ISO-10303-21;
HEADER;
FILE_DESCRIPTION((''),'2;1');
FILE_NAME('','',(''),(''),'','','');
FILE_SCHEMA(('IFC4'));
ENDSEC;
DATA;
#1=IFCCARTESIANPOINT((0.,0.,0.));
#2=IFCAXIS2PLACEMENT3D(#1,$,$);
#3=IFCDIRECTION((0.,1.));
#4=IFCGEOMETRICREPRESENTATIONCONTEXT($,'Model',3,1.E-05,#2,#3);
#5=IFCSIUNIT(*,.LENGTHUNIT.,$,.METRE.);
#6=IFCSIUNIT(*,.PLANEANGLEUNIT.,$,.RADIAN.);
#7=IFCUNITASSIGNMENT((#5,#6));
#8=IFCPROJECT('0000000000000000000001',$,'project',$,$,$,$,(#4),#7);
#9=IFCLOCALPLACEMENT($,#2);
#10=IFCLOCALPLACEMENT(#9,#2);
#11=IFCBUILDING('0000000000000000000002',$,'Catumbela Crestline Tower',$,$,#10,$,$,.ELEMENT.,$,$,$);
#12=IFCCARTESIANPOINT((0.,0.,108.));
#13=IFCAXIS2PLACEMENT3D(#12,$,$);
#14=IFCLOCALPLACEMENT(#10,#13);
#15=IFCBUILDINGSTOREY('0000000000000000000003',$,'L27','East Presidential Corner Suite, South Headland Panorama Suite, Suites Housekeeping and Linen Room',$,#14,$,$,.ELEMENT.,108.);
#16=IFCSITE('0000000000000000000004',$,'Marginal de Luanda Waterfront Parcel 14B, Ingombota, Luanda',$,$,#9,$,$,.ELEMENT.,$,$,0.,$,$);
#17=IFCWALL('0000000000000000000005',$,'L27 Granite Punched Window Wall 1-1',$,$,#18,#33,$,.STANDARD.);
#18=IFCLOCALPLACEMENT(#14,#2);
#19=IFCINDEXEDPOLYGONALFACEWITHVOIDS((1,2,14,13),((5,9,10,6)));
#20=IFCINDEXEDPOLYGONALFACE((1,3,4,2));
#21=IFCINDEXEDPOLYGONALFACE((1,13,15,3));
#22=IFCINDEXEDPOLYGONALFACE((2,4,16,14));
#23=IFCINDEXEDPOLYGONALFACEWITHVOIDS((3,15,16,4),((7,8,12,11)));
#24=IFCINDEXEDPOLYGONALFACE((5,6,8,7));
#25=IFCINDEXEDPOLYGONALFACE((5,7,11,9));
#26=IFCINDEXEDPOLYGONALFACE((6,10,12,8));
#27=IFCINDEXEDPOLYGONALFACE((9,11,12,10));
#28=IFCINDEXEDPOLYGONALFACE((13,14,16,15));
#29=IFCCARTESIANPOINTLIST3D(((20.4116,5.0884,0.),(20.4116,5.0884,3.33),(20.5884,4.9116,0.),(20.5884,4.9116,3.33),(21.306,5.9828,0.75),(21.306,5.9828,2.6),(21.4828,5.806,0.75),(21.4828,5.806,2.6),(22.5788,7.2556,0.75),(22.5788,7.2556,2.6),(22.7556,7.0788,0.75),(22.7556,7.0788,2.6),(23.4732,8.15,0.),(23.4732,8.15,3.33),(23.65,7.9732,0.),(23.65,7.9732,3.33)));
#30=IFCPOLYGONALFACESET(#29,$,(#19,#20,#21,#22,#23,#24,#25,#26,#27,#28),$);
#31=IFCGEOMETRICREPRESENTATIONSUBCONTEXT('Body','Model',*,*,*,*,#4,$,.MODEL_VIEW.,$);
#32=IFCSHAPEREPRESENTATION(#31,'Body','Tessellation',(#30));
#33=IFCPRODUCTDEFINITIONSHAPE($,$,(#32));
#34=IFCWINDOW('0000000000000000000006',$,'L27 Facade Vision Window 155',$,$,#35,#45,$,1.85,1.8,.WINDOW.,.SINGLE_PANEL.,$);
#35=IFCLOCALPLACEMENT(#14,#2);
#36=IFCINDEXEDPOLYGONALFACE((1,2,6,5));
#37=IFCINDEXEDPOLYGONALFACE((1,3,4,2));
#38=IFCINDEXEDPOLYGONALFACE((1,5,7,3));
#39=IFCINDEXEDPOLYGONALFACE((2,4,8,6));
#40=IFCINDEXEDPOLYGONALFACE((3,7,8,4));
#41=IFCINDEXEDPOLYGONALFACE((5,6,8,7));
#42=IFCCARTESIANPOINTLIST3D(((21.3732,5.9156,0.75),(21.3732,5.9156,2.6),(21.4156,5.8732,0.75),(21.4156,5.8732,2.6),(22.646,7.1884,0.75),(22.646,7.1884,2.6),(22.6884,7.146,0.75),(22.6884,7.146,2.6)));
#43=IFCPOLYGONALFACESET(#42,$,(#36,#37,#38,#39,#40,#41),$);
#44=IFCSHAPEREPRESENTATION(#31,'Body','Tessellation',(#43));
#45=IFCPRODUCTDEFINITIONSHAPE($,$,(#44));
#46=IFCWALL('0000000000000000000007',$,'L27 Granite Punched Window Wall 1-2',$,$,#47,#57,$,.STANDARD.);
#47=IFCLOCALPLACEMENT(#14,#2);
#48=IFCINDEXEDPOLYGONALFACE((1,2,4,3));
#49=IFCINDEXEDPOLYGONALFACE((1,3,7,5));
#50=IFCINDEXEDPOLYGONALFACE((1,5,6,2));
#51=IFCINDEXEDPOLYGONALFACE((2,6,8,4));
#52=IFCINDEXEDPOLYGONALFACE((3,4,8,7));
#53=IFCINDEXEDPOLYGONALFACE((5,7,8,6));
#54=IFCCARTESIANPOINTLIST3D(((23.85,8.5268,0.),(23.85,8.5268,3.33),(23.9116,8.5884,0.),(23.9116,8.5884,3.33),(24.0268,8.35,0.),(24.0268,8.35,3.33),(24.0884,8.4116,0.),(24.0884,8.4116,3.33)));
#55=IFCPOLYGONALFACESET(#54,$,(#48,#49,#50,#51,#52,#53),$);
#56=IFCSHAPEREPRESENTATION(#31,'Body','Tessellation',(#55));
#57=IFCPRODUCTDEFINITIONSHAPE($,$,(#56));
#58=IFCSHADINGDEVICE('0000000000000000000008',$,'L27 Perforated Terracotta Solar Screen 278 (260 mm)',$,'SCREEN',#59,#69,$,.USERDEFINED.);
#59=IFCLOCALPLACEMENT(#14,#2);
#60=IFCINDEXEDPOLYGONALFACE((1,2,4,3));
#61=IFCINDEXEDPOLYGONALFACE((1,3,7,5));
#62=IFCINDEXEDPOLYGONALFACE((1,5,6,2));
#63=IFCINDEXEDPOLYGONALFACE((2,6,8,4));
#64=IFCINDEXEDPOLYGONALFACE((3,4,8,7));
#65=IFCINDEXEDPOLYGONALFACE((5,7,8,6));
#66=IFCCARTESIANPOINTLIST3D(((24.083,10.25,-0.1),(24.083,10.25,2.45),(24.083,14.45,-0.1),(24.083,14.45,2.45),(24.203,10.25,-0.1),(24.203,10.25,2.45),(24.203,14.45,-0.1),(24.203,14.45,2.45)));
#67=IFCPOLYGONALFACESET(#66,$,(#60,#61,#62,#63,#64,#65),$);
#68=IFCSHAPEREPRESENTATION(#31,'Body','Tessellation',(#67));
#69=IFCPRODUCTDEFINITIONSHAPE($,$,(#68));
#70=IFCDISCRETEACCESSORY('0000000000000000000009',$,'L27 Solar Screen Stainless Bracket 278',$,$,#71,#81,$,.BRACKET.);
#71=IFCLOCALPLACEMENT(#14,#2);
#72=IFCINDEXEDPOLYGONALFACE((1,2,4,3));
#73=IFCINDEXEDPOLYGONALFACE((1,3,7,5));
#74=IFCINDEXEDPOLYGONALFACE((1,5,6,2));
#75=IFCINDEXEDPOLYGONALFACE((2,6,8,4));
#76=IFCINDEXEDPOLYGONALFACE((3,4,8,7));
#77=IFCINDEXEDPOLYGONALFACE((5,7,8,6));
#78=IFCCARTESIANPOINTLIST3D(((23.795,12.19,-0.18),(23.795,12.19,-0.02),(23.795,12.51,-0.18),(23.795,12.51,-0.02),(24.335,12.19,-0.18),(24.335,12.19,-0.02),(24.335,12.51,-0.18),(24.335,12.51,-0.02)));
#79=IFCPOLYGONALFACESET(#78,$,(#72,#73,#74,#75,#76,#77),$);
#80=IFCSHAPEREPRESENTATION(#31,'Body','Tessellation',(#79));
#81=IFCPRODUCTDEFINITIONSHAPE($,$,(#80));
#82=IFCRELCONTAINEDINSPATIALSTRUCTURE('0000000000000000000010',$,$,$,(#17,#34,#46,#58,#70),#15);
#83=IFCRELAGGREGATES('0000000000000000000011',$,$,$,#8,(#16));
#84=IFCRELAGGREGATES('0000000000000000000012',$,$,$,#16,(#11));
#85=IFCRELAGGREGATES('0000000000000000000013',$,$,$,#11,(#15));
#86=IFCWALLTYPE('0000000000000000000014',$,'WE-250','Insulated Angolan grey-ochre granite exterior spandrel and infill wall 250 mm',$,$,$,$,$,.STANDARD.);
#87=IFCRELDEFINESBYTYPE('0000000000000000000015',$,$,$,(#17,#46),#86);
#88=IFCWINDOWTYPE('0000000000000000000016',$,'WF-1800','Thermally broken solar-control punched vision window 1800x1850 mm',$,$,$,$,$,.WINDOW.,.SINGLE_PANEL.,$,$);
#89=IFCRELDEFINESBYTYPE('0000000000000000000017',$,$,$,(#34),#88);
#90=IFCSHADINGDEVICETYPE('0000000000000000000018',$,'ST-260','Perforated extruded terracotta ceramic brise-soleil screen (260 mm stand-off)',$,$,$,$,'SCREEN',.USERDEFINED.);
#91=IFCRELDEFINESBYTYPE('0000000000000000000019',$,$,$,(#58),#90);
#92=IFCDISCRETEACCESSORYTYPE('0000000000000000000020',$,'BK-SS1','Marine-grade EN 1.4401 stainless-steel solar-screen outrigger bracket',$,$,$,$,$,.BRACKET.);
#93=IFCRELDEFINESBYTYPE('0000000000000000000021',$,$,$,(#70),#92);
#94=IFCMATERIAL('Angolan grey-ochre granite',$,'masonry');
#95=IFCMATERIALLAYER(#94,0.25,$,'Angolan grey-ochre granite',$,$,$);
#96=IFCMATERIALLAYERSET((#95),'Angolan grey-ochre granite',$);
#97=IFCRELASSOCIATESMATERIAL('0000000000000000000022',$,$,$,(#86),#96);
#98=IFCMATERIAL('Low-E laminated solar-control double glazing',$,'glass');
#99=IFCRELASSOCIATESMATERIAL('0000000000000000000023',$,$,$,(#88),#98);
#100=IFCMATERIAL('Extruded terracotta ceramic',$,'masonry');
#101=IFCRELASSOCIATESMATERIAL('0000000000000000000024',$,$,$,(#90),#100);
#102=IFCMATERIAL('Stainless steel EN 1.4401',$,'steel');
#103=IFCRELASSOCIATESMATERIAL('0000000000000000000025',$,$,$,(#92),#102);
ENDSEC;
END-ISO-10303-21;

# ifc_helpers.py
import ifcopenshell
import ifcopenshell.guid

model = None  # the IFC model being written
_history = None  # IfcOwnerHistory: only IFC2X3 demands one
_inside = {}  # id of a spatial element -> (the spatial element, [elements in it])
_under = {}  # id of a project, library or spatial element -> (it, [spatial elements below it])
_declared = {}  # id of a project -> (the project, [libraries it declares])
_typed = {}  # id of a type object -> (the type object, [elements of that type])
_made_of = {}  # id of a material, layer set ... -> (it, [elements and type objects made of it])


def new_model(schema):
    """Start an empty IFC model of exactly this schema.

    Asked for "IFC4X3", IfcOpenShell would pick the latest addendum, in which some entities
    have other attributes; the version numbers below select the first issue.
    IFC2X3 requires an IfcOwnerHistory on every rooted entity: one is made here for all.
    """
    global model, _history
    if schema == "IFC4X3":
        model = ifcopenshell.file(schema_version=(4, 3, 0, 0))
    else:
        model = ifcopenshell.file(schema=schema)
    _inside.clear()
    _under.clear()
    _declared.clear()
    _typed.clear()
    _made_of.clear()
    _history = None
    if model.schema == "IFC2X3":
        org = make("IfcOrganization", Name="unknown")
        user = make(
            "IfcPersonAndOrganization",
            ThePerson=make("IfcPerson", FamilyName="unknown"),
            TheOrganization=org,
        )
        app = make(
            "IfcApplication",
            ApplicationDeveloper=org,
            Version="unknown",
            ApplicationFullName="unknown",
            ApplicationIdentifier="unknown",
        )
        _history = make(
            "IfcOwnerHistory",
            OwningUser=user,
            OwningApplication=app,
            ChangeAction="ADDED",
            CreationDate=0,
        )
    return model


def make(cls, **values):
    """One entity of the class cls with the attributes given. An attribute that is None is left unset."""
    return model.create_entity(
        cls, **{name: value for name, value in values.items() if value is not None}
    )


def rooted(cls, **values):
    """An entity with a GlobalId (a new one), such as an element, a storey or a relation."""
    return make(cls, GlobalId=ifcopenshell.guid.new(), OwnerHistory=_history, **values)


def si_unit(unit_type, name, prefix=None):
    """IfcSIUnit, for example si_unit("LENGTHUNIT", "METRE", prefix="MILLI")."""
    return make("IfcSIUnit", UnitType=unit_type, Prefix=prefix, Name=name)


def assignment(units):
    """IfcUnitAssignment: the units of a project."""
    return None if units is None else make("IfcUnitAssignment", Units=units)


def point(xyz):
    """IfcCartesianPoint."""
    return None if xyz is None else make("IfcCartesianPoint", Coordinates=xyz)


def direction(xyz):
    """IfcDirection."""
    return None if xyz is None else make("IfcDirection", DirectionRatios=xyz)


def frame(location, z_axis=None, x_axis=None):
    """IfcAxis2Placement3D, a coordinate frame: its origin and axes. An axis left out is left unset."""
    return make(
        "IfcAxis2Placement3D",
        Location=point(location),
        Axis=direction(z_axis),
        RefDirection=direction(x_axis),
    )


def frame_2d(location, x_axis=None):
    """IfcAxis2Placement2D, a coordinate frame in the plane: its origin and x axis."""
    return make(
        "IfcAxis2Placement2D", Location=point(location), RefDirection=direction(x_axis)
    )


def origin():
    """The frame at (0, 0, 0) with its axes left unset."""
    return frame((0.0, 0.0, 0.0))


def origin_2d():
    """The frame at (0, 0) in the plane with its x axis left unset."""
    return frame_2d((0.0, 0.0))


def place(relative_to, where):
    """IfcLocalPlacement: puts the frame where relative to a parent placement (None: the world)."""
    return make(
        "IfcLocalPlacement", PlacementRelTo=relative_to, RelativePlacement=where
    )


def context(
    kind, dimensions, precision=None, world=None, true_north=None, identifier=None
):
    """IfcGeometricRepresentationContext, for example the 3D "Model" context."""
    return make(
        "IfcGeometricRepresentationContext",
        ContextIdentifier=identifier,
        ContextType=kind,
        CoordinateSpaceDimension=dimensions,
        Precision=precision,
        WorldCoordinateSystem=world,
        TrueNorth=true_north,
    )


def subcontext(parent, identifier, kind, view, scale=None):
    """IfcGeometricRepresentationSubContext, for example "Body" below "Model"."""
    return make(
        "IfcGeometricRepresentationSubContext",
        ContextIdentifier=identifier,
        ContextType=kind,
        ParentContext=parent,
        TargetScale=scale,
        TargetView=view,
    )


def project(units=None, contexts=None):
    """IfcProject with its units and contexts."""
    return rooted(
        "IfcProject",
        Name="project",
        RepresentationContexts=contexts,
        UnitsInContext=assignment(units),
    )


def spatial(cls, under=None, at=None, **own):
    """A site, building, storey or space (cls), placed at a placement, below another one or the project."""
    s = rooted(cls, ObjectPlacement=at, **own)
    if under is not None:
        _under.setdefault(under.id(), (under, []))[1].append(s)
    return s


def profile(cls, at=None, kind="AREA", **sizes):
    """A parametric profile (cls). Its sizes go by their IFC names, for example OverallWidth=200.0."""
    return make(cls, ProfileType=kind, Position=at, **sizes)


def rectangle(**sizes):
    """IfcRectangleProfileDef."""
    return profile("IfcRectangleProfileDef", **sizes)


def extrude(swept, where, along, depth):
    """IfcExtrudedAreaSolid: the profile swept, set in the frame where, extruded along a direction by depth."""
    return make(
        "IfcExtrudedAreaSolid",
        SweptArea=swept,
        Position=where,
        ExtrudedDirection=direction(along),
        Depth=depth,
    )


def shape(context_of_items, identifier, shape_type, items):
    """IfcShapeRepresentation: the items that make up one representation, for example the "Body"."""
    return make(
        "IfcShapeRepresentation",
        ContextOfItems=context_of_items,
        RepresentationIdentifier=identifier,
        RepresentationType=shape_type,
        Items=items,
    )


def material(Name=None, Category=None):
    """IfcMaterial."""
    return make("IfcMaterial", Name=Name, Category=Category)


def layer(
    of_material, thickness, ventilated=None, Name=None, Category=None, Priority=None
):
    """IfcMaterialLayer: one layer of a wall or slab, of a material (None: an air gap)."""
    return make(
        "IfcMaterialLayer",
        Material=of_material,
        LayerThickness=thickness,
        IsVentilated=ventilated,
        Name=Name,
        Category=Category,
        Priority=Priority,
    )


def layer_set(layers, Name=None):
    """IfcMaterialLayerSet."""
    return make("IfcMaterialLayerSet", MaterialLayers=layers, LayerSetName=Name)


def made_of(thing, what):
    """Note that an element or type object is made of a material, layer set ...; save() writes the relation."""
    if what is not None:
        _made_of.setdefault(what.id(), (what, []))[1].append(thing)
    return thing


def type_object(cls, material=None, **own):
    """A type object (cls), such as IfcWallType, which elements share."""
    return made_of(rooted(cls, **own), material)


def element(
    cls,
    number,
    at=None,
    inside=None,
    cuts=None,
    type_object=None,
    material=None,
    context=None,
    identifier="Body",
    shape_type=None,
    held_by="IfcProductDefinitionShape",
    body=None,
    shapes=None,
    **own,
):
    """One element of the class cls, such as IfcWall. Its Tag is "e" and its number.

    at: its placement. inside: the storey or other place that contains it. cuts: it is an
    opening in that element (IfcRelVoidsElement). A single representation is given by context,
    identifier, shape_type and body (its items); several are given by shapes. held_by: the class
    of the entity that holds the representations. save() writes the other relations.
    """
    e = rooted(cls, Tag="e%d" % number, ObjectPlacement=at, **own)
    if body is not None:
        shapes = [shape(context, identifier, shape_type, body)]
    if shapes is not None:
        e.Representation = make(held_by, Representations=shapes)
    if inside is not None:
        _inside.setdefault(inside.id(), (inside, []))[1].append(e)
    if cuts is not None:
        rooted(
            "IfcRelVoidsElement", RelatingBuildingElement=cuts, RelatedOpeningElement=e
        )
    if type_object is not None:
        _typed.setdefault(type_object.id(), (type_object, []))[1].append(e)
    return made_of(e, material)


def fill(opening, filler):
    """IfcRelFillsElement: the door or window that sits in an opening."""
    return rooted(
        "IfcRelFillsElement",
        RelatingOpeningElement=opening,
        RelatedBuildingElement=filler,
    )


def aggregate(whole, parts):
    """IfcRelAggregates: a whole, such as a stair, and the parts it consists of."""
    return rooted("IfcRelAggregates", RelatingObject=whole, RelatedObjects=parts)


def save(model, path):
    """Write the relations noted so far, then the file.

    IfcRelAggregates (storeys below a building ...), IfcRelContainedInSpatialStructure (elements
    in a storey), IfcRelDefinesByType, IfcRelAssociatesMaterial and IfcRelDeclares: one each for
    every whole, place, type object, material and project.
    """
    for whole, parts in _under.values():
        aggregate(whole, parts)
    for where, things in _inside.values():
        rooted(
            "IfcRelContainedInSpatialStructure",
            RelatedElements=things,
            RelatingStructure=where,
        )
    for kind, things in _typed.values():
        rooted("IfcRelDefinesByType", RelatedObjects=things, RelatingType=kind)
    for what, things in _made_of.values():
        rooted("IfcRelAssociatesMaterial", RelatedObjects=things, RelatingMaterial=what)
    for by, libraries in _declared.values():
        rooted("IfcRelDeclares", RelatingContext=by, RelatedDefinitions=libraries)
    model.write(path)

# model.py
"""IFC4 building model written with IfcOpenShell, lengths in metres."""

from ifc_helpers import new_model, si_unit, direction, frame, frame_2d, origin, origin_2d, place, context, subcontext, project, spatial, rectangle, extrude, material, layer, layer_set, type_object, element, fill, save


model = new_model("IFC4")

# Units and contexts
model_context = context("Model", 3, precision=1e-05, world=origin(), true_north=direction((0.0, 1.0)))
body_context = subcontext(model_context, "Body", "Model", "MODEL_VIEW")
ifc_project = project(units=[si_unit("LENGTHUNIT", "METRE"), si_unit("PLANEANGLEUNIT", "RADIAN")], contexts=[model_context])

# Site, building, storey
site_placement = place(None, origin())
site = spatial("IfcSite", under=ifc_project, at=site_placement, Name="Marginal de Luanda Waterfront Parcel 14B, Ingombota, Luanda", CompositionType="ELEMENT", RefElevation=0.0)
building_placement = place(site_placement, origin())
building = spatial("IfcBuilding", under=site, at=building_placement, Name="Catumbela Crestline Tower", CompositionType="ELEMENT")
storey_placement = place(building_placement, frame((0.0, 0.0, 108.0)))
storey = spatial("IfcBuildingStorey", under=building, at=storey_placement, Name="L27", Description="East Presidential Corner Suite, South Headland Panorama Suite, Suites Housekeeping and Linen Room", CompositionType="ELEMENT", Elevation=108.0)

# Shared definitions
ifc_material_1 = material(Name="Low-E laminated solar-control double glazing", Category="glass")

# Wall, opening, window
ifc_material_2 = material(Name="Angolan grey-ochre granite", Category="masonry")
ifc_layer_1 = layer(ifc_material_2, 0.25, Name="Angolan grey-ochre granite")
ifc_layer_set_1 = layer_set([ifc_layer_1], Name="Angolan grey-ochre granite")
wall_type = type_object("IfcWallType", Name="WE-250", Description="Insulated Angolan grey-ochre granite exterior spandrel and infill wall 250 mm", PredefinedType="STANDARD", material=ifc_layer_set_1)
wall_1_placement = place(storey_placement, frame((20.5, 5.0, 0.0), z_axis=(0.0, 0.0, 1.0), x_axis=(0.707107, 0.707107, 0.0)))
wall_1 = element("IfcWall", 1, at=wall_1_placement, inside=storey, type_object=wall_type, Name="L27 Granite Punched Window Wall 1-1", PredefinedType="STANDARD", context=body_context, shape_type="SweptSolid", body=[
    extrude(rectangle(XDim=4.3298, YDim=0.25, at=frame_2d((2.1649, 0.0))), origin(), (0.0, 0.0, 1.0), 3.33),
])
opening_placement = place(wall_1_placement, frame((1.2649, 0.0, 0.75)))
opening = element("IfcOpeningElement", 2, at=opening_placement, cuts=wall_1, PredefinedType="OPENING", context=body_context, shape_type="SweptSolid", body=[
    extrude(rectangle(XDim=1.8, YDim=1.85, at=frame_2d((0.9, 0.925))), frame((0.0, 0.135, 0.0), z_axis=(0.0, -1.0, 0.0), x_axis=(1.0, 0.0, 0.0)), (0.0, 0.0, 1.0), 0.27),
])
window_type = type_object("IfcWindowType", Name="WF-1800", Description="Thermally broken solar-control punched vision window 1800x1850 mm", PartitioningType="SINGLE_PANEL", PredefinedType="WINDOW", material=ifc_material_1)
window_placement = place(opening_placement, origin())
window = element("IfcWindow", 3, at=window_placement, inside=storey, type_object=window_type, Name="L27 Facade Vision Window 155", OverallHeight=1.85, OverallWidth=1.8, PartitioningType="SINGLE_PANEL", PredefinedType="WINDOW", context=body_context, shape_type="SweptSolid", body=[
    extrude(rectangle(XDim=1.8, YDim=1.85, at=frame_2d((0.9, 0.925))), frame((0.0, 0.03, 0.0), z_axis=(0.0, -1.0, 0.0), x_axis=(1.0, 0.0, 0.0)), (0.0, 0.0, 1.0), 0.06),
])
fill(opening, window)

# Wall
wall_2_placement = place(storey_placement, frame((23.9384, 8.4384, 0.0), z_axis=(0.0, 0.0, 1.0), x_axis=(0.707107, 0.707107, 0.0)))
element("IfcWall", 4, at=wall_2_placement, inside=storey, type_object=wall_type, Name="L27 Granite Punched Window Wall 1-2", PredefinedType="STANDARD", context=body_context, shape_type="SweptSolid", body=[
    extrude(rectangle(XDim=0.0871, YDim=0.25, at=frame_2d((0.0436, 0.0))), origin(), (0.0, 0.0, 1.0), 3.33),
])

# Shading device
ifc_material_3 = material(Name="Extruded terracotta ceramic", Category="masonry")
shading_device_type = type_object("IfcShadingDeviceType", Name="ST-260", Description="Perforated extruded terracotta ceramic brise-soleil screen (260 mm stand-off)", ElementType="SCREEN", PredefinedType="USERDEFINED", material=ifc_material_3)
shading_device_placement = place(storey_placement, frame((24.143, 12.35, -0.1), z_axis=(0.0, 0.0, 1.0), x_axis=(0.0, 1.0, 0.0)))
element("IfcShadingDevice", 5, at=shading_device_placement, inside=storey, type_object=shading_device_type, Name="L27 Perforated Terracotta Solar Screen 278 (260 mm)", ObjectType="SCREEN", PredefinedType="USERDEFINED", context=body_context, shape_type="SweptSolid", body=[
    extrude(rectangle(XDim=4.2, YDim=0.12, at=origin_2d()), origin(), (0.0, 0.0, 1.0), 2.55),
])

# Discrete accessory
ifc_material_4 = material(Name="Stainless steel EN 1.4401", Category="steel")
discrete_accessory_type = type_object("IfcDiscreteAccessoryType", Name="BK-SS1", Description="Marine-grade EN 1.4401 stainless-steel solar-screen outrigger bracket", PredefinedType="BRACKET", material=ifc_material_4)
discrete_accessory_placement = place(storey_placement, frame((24.065, 12.35, -0.18), z_axis=(0.0, 0.0, 1.0), x_axis=(0.0, 1.0, 0.0)))
element("IfcDiscreteAccessory", 6, at=discrete_accessory_placement, inside=storey, type_object=discrete_accessory_type, Name="L27 Solar Screen Stainless Bracket 278", PredefinedType="BRACKET", context=body_context, shape_type="SweptSolid", body=[
    extrude(rectangle(XDim=0.32, YDim=0.54, at=origin_2d()), origin(), (0.0, 0.0, 1.0), 0.16),
])

save(model, "model.ifc")
